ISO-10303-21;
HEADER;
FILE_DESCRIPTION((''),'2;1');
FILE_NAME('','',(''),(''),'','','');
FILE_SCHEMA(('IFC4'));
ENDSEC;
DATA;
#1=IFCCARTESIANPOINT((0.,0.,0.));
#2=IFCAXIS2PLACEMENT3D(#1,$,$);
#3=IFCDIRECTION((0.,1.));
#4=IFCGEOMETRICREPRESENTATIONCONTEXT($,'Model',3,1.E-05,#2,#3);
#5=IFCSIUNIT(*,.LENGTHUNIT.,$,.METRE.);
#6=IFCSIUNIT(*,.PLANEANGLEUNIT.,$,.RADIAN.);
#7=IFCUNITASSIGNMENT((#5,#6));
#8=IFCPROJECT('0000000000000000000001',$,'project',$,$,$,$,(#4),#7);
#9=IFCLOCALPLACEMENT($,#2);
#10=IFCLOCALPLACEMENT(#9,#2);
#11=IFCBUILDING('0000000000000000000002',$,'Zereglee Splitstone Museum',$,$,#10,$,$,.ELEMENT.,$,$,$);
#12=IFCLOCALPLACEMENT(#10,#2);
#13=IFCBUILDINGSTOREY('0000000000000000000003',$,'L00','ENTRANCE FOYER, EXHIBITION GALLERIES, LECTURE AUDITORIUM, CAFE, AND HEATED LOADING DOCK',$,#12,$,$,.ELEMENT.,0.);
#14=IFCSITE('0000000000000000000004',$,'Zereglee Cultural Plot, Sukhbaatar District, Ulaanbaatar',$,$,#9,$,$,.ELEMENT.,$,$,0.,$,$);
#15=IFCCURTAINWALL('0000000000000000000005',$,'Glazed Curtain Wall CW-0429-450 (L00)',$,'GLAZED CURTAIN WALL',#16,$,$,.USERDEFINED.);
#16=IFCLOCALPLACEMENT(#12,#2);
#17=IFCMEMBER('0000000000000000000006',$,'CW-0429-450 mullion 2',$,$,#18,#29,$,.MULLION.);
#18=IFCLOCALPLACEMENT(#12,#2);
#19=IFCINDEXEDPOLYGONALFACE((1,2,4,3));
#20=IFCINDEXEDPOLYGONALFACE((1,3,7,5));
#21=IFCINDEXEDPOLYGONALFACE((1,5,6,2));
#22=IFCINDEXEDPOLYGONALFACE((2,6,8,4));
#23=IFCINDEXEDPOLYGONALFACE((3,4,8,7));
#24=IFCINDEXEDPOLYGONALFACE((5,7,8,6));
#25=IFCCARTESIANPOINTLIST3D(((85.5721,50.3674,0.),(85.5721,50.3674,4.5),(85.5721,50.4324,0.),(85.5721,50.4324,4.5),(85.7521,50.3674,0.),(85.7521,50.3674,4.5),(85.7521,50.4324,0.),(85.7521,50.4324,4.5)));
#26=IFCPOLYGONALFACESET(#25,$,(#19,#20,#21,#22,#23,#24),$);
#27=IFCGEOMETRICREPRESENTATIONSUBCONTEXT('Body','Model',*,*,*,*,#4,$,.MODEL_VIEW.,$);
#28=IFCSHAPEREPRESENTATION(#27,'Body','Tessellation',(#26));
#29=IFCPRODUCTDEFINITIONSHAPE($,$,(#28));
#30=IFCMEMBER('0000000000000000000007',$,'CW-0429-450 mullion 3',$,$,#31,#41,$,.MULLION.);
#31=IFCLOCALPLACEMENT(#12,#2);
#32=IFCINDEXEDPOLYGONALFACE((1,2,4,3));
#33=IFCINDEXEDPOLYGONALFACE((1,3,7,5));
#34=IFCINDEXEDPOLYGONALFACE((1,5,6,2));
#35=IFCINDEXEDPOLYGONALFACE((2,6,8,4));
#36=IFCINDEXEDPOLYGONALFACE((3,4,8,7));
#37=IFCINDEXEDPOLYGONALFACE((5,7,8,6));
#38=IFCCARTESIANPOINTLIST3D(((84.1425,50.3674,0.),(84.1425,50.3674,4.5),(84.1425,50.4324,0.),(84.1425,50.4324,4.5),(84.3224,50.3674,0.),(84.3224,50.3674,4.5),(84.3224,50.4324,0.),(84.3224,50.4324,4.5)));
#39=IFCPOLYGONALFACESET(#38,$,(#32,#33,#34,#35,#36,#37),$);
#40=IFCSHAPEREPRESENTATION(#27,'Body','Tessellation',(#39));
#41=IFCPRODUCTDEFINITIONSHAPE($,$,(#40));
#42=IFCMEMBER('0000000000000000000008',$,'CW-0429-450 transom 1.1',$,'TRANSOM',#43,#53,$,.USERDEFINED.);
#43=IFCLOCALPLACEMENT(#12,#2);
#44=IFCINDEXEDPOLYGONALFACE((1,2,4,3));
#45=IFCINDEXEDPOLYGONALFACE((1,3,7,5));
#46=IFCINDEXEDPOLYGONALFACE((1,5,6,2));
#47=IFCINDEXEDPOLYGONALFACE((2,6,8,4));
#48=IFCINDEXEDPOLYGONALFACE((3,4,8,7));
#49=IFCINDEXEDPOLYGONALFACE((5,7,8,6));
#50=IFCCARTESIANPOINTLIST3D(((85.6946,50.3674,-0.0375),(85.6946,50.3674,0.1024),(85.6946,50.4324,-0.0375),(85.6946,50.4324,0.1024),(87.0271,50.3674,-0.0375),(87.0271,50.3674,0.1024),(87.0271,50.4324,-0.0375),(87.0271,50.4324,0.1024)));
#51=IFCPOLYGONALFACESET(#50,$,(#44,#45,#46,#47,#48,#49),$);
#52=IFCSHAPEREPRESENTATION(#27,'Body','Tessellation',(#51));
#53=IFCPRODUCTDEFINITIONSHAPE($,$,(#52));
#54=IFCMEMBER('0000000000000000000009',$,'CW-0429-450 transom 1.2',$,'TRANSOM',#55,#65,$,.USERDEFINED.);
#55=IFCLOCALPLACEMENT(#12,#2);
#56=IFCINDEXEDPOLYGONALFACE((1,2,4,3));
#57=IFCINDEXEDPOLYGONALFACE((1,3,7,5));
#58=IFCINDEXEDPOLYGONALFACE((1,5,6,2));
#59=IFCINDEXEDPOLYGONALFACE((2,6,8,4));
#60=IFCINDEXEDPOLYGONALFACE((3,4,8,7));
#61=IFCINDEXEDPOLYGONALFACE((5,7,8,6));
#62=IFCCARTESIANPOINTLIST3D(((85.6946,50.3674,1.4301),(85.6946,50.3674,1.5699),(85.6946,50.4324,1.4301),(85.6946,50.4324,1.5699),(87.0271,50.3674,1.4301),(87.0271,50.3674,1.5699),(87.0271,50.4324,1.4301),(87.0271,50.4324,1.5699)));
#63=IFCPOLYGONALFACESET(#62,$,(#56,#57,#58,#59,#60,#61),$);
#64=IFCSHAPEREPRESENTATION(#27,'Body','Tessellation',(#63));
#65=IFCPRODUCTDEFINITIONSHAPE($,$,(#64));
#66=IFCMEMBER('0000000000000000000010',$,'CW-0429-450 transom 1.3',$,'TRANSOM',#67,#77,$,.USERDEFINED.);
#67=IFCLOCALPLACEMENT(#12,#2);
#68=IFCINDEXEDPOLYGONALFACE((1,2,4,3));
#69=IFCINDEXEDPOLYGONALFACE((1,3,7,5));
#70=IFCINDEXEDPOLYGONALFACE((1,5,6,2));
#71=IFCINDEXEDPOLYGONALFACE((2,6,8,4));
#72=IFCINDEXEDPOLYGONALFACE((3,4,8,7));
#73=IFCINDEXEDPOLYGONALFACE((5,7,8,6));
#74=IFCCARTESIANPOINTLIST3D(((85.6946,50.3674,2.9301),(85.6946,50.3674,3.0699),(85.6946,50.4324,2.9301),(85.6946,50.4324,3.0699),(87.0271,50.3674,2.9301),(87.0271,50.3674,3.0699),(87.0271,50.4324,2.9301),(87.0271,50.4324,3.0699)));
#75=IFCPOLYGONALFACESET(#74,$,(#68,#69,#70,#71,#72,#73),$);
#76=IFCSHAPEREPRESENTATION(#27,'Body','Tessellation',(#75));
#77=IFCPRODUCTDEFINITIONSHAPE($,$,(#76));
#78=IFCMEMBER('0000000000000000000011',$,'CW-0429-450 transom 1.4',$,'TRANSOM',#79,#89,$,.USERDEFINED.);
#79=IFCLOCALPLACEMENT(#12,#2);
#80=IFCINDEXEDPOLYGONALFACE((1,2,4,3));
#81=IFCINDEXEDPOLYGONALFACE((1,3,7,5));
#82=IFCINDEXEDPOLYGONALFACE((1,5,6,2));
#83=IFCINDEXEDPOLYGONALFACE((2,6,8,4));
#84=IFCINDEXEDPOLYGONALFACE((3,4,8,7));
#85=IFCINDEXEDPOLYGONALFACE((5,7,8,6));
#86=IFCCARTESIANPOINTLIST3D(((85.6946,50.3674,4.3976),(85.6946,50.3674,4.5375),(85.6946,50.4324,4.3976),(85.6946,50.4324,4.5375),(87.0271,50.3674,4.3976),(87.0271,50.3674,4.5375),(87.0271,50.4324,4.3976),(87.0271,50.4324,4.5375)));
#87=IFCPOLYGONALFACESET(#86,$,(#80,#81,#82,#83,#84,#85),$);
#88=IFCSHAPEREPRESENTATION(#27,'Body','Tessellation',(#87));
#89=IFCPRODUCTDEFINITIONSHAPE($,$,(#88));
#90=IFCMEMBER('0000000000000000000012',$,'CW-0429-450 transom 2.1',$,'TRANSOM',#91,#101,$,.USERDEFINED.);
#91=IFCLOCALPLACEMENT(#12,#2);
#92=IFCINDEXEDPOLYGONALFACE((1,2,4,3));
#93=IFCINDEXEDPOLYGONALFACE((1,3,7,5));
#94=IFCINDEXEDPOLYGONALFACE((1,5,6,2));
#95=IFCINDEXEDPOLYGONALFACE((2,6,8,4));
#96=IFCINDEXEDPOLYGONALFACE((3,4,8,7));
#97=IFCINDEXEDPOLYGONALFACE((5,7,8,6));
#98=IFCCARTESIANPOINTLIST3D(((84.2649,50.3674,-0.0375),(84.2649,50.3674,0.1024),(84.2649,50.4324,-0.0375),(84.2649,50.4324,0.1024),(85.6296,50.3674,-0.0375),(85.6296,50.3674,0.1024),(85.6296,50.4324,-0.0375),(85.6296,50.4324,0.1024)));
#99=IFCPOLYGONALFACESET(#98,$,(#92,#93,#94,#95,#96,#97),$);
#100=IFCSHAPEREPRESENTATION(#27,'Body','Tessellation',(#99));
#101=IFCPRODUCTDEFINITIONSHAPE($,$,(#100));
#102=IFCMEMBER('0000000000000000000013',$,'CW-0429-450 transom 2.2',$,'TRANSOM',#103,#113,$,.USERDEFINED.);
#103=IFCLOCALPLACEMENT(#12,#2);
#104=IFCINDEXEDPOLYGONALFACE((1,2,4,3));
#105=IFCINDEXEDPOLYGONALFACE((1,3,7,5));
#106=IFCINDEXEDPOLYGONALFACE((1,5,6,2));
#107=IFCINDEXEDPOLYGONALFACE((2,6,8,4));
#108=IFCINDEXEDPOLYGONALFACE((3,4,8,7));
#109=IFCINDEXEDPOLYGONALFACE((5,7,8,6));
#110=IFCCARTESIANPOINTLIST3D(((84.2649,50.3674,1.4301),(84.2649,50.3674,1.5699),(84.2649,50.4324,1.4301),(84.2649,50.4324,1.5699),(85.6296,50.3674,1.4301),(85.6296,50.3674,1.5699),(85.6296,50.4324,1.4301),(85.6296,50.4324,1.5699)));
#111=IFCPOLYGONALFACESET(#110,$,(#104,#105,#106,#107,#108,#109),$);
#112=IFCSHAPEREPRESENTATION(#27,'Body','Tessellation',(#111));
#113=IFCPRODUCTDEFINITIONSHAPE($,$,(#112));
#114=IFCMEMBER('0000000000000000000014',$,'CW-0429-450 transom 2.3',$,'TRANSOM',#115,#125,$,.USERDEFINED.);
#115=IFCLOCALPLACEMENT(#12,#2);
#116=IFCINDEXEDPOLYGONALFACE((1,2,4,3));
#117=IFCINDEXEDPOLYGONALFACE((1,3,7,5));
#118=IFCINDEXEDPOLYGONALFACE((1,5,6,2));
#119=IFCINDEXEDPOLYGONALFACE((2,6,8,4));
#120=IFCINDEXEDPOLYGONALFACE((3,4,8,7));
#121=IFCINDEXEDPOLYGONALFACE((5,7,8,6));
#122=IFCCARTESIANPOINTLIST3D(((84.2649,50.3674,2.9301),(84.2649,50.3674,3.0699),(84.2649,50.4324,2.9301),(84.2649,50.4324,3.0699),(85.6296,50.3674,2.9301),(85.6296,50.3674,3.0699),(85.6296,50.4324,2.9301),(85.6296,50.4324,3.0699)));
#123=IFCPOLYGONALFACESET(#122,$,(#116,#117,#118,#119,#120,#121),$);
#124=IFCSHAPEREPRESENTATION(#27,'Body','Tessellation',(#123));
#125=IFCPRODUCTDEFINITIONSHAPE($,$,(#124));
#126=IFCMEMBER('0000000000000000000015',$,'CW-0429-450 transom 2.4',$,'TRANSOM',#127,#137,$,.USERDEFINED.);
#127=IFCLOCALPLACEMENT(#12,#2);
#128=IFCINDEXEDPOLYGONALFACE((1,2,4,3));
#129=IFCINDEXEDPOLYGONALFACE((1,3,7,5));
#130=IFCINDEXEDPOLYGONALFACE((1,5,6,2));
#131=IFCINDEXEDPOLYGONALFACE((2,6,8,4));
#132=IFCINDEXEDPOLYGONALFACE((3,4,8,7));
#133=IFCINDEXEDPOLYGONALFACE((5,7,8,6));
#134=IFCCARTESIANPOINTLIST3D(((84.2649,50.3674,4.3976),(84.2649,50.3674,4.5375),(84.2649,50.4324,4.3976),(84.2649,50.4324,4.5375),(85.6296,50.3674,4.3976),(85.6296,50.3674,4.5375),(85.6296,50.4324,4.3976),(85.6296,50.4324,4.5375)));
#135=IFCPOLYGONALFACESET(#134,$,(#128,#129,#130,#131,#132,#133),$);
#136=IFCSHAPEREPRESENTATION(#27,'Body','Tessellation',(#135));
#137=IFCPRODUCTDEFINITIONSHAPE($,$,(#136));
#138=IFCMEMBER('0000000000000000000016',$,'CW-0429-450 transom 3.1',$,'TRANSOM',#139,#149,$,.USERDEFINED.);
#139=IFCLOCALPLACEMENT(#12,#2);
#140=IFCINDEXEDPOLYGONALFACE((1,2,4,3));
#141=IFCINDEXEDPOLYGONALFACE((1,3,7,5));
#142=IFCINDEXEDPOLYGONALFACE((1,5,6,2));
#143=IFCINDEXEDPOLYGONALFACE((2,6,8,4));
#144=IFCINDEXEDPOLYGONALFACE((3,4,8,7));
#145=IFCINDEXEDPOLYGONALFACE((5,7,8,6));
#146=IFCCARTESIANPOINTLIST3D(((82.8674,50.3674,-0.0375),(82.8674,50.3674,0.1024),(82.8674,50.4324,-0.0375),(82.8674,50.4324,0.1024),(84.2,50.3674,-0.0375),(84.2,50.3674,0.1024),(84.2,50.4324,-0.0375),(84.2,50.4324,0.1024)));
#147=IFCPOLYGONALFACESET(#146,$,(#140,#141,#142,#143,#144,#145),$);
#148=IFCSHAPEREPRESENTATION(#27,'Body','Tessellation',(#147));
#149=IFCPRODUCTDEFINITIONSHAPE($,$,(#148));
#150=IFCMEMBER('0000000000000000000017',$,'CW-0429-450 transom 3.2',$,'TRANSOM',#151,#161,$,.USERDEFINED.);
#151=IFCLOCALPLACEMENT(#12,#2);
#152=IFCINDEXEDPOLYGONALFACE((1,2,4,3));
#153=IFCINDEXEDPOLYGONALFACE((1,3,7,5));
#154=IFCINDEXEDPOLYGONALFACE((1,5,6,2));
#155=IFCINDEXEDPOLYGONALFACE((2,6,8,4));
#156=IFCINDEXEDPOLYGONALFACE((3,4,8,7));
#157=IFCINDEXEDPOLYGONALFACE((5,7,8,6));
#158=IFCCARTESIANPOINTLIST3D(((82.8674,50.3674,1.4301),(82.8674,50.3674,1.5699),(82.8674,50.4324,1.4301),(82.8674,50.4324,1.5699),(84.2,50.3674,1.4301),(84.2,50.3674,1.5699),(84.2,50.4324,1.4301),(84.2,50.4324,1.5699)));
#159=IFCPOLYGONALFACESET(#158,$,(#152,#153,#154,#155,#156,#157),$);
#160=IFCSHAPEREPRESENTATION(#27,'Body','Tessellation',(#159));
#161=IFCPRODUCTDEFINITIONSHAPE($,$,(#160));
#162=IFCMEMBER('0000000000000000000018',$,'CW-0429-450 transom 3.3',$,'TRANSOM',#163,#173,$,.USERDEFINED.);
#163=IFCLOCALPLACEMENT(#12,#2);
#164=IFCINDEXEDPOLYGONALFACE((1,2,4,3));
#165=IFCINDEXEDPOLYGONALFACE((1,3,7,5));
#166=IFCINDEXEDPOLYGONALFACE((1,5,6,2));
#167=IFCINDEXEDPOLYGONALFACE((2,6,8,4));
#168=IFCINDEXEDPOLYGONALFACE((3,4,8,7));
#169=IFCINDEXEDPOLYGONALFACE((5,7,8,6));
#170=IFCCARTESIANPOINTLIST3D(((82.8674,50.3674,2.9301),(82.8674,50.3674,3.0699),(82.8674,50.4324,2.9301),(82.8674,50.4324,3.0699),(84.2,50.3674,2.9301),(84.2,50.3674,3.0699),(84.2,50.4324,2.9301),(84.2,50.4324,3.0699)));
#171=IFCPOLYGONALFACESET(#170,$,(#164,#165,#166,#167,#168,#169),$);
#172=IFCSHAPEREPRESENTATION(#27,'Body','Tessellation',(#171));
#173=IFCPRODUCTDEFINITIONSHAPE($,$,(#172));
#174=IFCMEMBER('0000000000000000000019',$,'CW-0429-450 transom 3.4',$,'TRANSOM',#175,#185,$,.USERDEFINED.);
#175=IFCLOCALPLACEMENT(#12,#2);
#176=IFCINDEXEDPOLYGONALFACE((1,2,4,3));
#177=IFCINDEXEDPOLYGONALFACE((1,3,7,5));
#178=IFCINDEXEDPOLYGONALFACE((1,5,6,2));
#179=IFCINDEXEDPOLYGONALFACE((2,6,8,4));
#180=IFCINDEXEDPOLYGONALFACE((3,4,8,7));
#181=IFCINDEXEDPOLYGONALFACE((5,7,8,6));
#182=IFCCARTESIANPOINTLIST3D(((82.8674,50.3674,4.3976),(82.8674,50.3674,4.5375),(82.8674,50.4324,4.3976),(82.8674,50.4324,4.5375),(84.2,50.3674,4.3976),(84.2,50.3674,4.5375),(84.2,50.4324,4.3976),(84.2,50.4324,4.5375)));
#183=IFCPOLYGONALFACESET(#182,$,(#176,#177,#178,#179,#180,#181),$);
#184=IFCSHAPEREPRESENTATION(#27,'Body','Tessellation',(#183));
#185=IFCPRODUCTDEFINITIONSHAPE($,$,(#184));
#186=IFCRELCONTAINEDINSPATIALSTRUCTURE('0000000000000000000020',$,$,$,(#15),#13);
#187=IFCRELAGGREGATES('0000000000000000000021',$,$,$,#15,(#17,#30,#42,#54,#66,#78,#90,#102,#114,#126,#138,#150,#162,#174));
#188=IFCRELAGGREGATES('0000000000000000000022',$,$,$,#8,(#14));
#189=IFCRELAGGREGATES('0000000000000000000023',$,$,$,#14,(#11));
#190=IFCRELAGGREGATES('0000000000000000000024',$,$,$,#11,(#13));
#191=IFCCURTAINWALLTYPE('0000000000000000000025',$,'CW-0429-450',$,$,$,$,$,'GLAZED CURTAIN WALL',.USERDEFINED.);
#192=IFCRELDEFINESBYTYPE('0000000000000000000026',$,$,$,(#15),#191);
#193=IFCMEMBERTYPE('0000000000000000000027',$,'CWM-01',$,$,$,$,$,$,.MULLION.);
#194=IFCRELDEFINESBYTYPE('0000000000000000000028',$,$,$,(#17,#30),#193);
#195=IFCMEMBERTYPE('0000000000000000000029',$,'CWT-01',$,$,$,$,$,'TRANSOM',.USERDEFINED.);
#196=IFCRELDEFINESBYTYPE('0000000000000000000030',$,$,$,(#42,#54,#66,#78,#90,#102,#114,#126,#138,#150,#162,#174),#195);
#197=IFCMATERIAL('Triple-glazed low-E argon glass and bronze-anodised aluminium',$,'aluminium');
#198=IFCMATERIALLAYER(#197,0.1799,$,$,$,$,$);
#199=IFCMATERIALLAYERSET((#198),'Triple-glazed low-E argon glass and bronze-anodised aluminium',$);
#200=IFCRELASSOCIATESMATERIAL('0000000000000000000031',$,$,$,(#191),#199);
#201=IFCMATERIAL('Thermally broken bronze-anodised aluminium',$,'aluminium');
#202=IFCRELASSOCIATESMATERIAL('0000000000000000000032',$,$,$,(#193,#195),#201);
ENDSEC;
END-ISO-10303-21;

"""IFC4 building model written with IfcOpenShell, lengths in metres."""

from ifc_helpers import new_model, si_unit, direction, frame, origin, origin_2d, place, context, subcontext, project, spatial, rectangle, extrude, material, layer, layer_set, material_profile, profile_set, type_object, element, aggregate, save


model = new_model("IFC4")

# Units and contexts
model_context = context("Model", 3, precision=1e-05, world=origin(), true_north=direction((0.0, 1.0)))
body_context = subcontext(model_context, "Body", "Model", "MODEL_VIEW")
ifc_project = project(units=[si_unit("LENGTHUNIT", "METRE"), si_unit("PLANEANGLEUNIT", "RADIAN")], contexts=[model_context])

# Site, building, storey
site_placement = place(None, origin())
site = spatial("IfcSite", under=ifc_project, at=site_placement, Name="Zereglee Cultural Plot, Sukhbaatar District, Ulaanbaatar", CompositionType="ELEMENT", RefElevation=0.0)
building_placement = place(site_placement, origin())
building = spatial("IfcBuilding", under=site, at=building_placement, Name="Zereglee Splitstone Museum", CompositionType="ELEMENT")
storey_placement = place(building_placement, origin())
storey = spatial("IfcBuildingStorey", under=building, at=storey_placement, Name="L00", Description="ENTRANCE FOYER, EXHIBITION GALLERIES, LECTURE AUDITORIUM, CAFE, AND HEATED LOADING DOCK", CompositionType="ELEMENT", Elevation=0.0)

# Curtain wall, members
ifc_material_1 = material(Name="Triple-glazed low-E argon glass and bronze-anodised aluminium", Category="aluminium")
ifc_layer_1 = layer(ifc_material_1, 0.1799)
ifc_layer_set_1 = layer_set([ifc_layer_1], Name="Triple-glazed low-E argon glass and bronze-anodised aluminium")
curtain_wall_type = type_object("IfcCurtainWallType", Name="CW-0429-450", ElementType="GLAZED CURTAIN WALL", PredefinedType="USERDEFINED", material=ifc_layer_set_1)
curtain_wall_placement = place(storey_placement, origin())
curtain_wall = element("IfcCurtainWall", 1, at=curtain_wall_placement, inside=storey, type_object=curtain_wall_type, Name="Glazed Curtain Wall CW-0429-450 (L00)", ObjectType="GLAZED CURTAIN WALL", PredefinedType="USERDEFINED")
ifc_material_2 = material(Name="Thermally broken bronze-anodised aluminium", Category="aluminium")
ifc_material_profile_1 = material_profile(ifc_material_2, rectangle(XDim=0.0649, YDim=0.1799, at=origin_2d()), Name="CW MULL 65x180")
ifc_profile_set_1 = profile_set([ifc_material_profile_1], Name="Thermally broken bronze-anodised aluminium")
member_type_1 = type_object("IfcMemberType", Name="CWM-01", PredefinedType="MULLION", material=ifc_profile_set_1)
member_1_placement = place(storey_placement, frame((85.6621, 50.3999, 0.0), z_axis=(0.0, 0.0, 1.0), x_axis=(0.0, -1.0, 0.0)))
member_1 = element("IfcMember", 2, at=member_1_placement, type_object=member_type_1, Name="CW-0429-450 mullion 2", PredefinedType="MULLION", context=body_context, shape_type="SweptSolid", body=[
    extrude(rectangle(XDim=0.0649, YDim=0.1799, at=origin_2d()), origin(), (0.0, 0.0, 1.0), 4.5),
])
member_2_placement = place(storey_placement, frame((84.2324, 50.3999, 0.0), z_axis=(0.0, 0.0, 1.0), x_axis=(0.0, -1.0, 0.0)))
member_2 = element("IfcMember", 3, at=member_2_placement, type_object=member_type_1, Name="CW-0429-450 mullion 3", PredefinedType="MULLION", context=body_context, shape_type="SweptSolid", body=[
    extrude(rectangle(XDim=0.0649, YDim=0.1799, at=origin_2d()), origin(), (0.0, 0.0, 1.0), 4.5),
])
ifc_material_profile_2 = material_profile(ifc_material_2, rectangle(XDim=0.0649, YDim=0.1399, at=origin_2d()), Name="CW TRAN 65x140")
ifc_profile_set_2 = profile_set([ifc_material_profile_2], Name="Thermally broken bronze-anodised aluminium")
member_type_2 = type_object("IfcMemberType", Name="CWT-01", ElementType="TRANSOM", PredefinedType="USERDEFINED", material=ifc_profile_set_2)
member_3_placement = place(storey_placement, frame((87.0271, 50.3999, 0.0325), z_axis=(-1.0, 0.0, 0.0), x_axis=(0.0, -1.0, 0.0)))
member_3 = element("IfcMember", 4, at=member_3_placement, type_object=member_type_2, Name="CW-0429-450 transom 1.1", ObjectType="TRANSOM", PredefinedType="USERDEFINED", context=body_context, shape_type="SweptSolid", body=[
    extrude(rectangle(XDim=0.0649, YDim=0.1399, at=origin_2d()), origin(), (0.0, 0.0, 1.0), 1.3325),
])
member_4_placement = place(storey_placement, frame((87.0271, 50.3999, 1.5), z_axis=(-1.0, 0.0, 0.0), x_axis=(0.0, -1.0, 0.0)))
member_4 = element("IfcMember", 5, at=member_4_placement, type_object=member_type_2, Name="CW-0429-450 transom 1.2", ObjectType="TRANSOM", PredefinedType="USERDEFINED", context=body_context, shape_type="SweptSolid", body=[
    extrude(rectangle(XDim=0.0649, YDim=0.1399, at=origin_2d()), origin(), (0.0, 0.0, 1.0), 1.3325),
])
member_5_placement = place(storey_placement, frame((87.0271, 50.3999, 3.0), z_axis=(-1.0, 0.0, 0.0), x_axis=(0.0, -1.0, 0.0)))
member_5 = element("IfcMember", 6, at=member_5_placement, type_object=member_type_2, Name="CW-0429-450 transom 1.3", ObjectType="TRANSOM", PredefinedType="USERDEFINED", context=body_context, shape_type="SweptSolid", body=[
    extrude(rectangle(XDim=0.0649, YDim=0.1399, at=origin_2d()), origin(), (0.0, 0.0, 1.0), 1.3325),
])
member_6_placement = place(storey_placement, frame((87.0271, 50.3999, 4.4675), z_axis=(-1.0, 0.0, 0.0), x_axis=(0.0, -1.0, 0.0)))
member_6 = element("IfcMember", 7, at=member_6_placement, type_object=member_type_2, Name="CW-0429-450 transom 1.4", ObjectType="TRANSOM", PredefinedType="USERDEFINED", context=body_context, shape_type="SweptSolid", body=[
    extrude(rectangle(XDim=0.0649, YDim=0.1399, at=origin_2d()), origin(), (0.0, 0.0, 1.0), 1.3325),
])
member_7_placement = place(storey_placement, frame((85.6296, 50.3999, 0.0325), z_axis=(-1.0, 0.0, 0.0), x_axis=(0.0, -1.0, 0.0)))
member_7 = element("IfcMember", 8, at=member_7_placement, type_object=member_type_2, Name="CW-0429-450 transom 2.1", ObjectType="TRANSOM", PredefinedType="USERDEFINED", context=body_context, shape_type="SweptSolid", body=[
    extrude(rectangle(XDim=0.0649, YDim=0.1399, at=origin_2d()), origin(), (0.0, 0.0, 1.0), 1.3647),
])
member_8_placement = place(storey_placement, frame((85.6296, 50.3999, 1.5), z_axis=(-1.0, 0.0, 0.0), x_axis=(0.0, -1.0, 0.0)))
member_8 = element("IfcMember", 9, at=member_8_placement, type_object=member_type_2, Name="CW-0429-450 transom 2.2", ObjectType="TRANSOM", PredefinedType="USERDEFINED", context=body_context, shape_type="SweptSolid", body=[
    extrude(rectangle(XDim=0.0649, YDim=0.1399, at=origin_2d()), origin(), (0.0, 0.0, 1.0), 1.3647),
])
member_9_placement = place(storey_placement, frame((85.6296, 50.3999, 3.0), z_axis=(-1.0, 0.0, 0.0), x_axis=(0.0, -1.0, 0.0)))
member_9 = element("IfcMember", 10, at=member_9_placement, type_object=member_type_2, Name="CW-0429-450 transom 2.3", ObjectType="TRANSOM", PredefinedType="USERDEFINED", context=body_context, shape_type="SweptSolid", body=[
    extrude(rectangle(XDim=0.0649, YDim=0.1399, at=origin_2d()), origin(), (0.0, 0.0, 1.0), 1.3647),
])
member_10_placement = place(storey_placement, frame((85.6296, 50.3999, 4.4675), z_axis=(-1.0, 0.0, 0.0), x_axis=(0.0, -1.0, 0.0)))
member_10 = element("IfcMember", 11, at=member_10_placement, type_object=member_type_2, Name="CW-0429-450 transom 2.4", ObjectType="TRANSOM", PredefinedType="USERDEFINED", context=body_context, shape_type="SweptSolid", body=[
    extrude(rectangle(XDim=0.0649, YDim=0.1399, at=origin_2d()), origin(), (0.0, 0.0, 1.0), 1.3647),
])
member_11_placement = place(storey_placement, frame((84.2, 50.3999, 0.0325), z_axis=(-1.0, 0.0, 0.0), x_axis=(0.0, -1.0, 0.0)))
member_11 = element("IfcMember", 12, at=member_11_placement, type_object=member_type_2, Name="CW-0429-450 transom 3.1", ObjectType="TRANSOM", PredefinedType="USERDEFINED", context=body_context, shape_type="SweptSolid", body=[
    extrude(rectangle(XDim=0.0649, YDim=0.1399, at=origin_2d()), origin(), (0.0, 0.0, 1.0), 1.3325),
])
member_12_placement = place(storey_placement, frame((84.2, 50.3999, 1.5), z_axis=(-1.0, 0.0, 0.0), x_axis=(0.0, -1.0, 0.0)))
member_12 = element("IfcMember", 13, at=member_12_placement, type_object=member_type_2, Name="CW-0429-450 transom 3.2", ObjectType="TRANSOM", PredefinedType="USERDEFINED", context=body_context, shape_type="SweptSolid", body=[
    extrude(rectangle(XDim=0.0649, YDim=0.1399, at=origin_2d()), origin(), (0.0, 0.0, 1.0), 1.3325),
])
member_13_placement = place(storey_placement, frame((84.2, 50.3999, 3.0), z_axis=(-1.0, 0.0, 0.0), x_axis=(0.0, -1.0, 0.0)))
member_13 = element("IfcMember", 14, at=member_13_placement, type_object=member_type_2, Name="CW-0429-450 transom 3.3", ObjectType="TRANSOM", PredefinedType="USERDEFINED", context=body_context, shape_type="SweptSolid", body=[
    extrude(rectangle(XDim=0.0649, YDim=0.1399, at=origin_2d()), origin(), (0.0, 0.0, 1.0), 1.3325),
])
member_14_placement = place(storey_placement, frame((84.2, 50.3999, 4.4675), z_axis=(-1.0, 0.0, 0.0), x_axis=(0.0, -1.0, 0.0)))
member_14 = element("IfcMember", 15, at=member_14_placement, type_object=member_type_2, Name="CW-0429-450 transom 3.4", ObjectType="TRANSOM", PredefinedType="USERDEFINED", context=body_context, shape_type="SweptSolid", body=[
    extrude(rectangle(XDim=0.0649, YDim=0.1399, at=origin_2d()), origin(), (0.0, 0.0, 1.0), 1.3325),
])
aggregate(curtain_wall, [member_1, member_2, member_3, member_4, member_5, member_6, member_7, member_8, member_9, member_10, member_11, member_12, member_13, member_14])

save(model, "model.ifc")
